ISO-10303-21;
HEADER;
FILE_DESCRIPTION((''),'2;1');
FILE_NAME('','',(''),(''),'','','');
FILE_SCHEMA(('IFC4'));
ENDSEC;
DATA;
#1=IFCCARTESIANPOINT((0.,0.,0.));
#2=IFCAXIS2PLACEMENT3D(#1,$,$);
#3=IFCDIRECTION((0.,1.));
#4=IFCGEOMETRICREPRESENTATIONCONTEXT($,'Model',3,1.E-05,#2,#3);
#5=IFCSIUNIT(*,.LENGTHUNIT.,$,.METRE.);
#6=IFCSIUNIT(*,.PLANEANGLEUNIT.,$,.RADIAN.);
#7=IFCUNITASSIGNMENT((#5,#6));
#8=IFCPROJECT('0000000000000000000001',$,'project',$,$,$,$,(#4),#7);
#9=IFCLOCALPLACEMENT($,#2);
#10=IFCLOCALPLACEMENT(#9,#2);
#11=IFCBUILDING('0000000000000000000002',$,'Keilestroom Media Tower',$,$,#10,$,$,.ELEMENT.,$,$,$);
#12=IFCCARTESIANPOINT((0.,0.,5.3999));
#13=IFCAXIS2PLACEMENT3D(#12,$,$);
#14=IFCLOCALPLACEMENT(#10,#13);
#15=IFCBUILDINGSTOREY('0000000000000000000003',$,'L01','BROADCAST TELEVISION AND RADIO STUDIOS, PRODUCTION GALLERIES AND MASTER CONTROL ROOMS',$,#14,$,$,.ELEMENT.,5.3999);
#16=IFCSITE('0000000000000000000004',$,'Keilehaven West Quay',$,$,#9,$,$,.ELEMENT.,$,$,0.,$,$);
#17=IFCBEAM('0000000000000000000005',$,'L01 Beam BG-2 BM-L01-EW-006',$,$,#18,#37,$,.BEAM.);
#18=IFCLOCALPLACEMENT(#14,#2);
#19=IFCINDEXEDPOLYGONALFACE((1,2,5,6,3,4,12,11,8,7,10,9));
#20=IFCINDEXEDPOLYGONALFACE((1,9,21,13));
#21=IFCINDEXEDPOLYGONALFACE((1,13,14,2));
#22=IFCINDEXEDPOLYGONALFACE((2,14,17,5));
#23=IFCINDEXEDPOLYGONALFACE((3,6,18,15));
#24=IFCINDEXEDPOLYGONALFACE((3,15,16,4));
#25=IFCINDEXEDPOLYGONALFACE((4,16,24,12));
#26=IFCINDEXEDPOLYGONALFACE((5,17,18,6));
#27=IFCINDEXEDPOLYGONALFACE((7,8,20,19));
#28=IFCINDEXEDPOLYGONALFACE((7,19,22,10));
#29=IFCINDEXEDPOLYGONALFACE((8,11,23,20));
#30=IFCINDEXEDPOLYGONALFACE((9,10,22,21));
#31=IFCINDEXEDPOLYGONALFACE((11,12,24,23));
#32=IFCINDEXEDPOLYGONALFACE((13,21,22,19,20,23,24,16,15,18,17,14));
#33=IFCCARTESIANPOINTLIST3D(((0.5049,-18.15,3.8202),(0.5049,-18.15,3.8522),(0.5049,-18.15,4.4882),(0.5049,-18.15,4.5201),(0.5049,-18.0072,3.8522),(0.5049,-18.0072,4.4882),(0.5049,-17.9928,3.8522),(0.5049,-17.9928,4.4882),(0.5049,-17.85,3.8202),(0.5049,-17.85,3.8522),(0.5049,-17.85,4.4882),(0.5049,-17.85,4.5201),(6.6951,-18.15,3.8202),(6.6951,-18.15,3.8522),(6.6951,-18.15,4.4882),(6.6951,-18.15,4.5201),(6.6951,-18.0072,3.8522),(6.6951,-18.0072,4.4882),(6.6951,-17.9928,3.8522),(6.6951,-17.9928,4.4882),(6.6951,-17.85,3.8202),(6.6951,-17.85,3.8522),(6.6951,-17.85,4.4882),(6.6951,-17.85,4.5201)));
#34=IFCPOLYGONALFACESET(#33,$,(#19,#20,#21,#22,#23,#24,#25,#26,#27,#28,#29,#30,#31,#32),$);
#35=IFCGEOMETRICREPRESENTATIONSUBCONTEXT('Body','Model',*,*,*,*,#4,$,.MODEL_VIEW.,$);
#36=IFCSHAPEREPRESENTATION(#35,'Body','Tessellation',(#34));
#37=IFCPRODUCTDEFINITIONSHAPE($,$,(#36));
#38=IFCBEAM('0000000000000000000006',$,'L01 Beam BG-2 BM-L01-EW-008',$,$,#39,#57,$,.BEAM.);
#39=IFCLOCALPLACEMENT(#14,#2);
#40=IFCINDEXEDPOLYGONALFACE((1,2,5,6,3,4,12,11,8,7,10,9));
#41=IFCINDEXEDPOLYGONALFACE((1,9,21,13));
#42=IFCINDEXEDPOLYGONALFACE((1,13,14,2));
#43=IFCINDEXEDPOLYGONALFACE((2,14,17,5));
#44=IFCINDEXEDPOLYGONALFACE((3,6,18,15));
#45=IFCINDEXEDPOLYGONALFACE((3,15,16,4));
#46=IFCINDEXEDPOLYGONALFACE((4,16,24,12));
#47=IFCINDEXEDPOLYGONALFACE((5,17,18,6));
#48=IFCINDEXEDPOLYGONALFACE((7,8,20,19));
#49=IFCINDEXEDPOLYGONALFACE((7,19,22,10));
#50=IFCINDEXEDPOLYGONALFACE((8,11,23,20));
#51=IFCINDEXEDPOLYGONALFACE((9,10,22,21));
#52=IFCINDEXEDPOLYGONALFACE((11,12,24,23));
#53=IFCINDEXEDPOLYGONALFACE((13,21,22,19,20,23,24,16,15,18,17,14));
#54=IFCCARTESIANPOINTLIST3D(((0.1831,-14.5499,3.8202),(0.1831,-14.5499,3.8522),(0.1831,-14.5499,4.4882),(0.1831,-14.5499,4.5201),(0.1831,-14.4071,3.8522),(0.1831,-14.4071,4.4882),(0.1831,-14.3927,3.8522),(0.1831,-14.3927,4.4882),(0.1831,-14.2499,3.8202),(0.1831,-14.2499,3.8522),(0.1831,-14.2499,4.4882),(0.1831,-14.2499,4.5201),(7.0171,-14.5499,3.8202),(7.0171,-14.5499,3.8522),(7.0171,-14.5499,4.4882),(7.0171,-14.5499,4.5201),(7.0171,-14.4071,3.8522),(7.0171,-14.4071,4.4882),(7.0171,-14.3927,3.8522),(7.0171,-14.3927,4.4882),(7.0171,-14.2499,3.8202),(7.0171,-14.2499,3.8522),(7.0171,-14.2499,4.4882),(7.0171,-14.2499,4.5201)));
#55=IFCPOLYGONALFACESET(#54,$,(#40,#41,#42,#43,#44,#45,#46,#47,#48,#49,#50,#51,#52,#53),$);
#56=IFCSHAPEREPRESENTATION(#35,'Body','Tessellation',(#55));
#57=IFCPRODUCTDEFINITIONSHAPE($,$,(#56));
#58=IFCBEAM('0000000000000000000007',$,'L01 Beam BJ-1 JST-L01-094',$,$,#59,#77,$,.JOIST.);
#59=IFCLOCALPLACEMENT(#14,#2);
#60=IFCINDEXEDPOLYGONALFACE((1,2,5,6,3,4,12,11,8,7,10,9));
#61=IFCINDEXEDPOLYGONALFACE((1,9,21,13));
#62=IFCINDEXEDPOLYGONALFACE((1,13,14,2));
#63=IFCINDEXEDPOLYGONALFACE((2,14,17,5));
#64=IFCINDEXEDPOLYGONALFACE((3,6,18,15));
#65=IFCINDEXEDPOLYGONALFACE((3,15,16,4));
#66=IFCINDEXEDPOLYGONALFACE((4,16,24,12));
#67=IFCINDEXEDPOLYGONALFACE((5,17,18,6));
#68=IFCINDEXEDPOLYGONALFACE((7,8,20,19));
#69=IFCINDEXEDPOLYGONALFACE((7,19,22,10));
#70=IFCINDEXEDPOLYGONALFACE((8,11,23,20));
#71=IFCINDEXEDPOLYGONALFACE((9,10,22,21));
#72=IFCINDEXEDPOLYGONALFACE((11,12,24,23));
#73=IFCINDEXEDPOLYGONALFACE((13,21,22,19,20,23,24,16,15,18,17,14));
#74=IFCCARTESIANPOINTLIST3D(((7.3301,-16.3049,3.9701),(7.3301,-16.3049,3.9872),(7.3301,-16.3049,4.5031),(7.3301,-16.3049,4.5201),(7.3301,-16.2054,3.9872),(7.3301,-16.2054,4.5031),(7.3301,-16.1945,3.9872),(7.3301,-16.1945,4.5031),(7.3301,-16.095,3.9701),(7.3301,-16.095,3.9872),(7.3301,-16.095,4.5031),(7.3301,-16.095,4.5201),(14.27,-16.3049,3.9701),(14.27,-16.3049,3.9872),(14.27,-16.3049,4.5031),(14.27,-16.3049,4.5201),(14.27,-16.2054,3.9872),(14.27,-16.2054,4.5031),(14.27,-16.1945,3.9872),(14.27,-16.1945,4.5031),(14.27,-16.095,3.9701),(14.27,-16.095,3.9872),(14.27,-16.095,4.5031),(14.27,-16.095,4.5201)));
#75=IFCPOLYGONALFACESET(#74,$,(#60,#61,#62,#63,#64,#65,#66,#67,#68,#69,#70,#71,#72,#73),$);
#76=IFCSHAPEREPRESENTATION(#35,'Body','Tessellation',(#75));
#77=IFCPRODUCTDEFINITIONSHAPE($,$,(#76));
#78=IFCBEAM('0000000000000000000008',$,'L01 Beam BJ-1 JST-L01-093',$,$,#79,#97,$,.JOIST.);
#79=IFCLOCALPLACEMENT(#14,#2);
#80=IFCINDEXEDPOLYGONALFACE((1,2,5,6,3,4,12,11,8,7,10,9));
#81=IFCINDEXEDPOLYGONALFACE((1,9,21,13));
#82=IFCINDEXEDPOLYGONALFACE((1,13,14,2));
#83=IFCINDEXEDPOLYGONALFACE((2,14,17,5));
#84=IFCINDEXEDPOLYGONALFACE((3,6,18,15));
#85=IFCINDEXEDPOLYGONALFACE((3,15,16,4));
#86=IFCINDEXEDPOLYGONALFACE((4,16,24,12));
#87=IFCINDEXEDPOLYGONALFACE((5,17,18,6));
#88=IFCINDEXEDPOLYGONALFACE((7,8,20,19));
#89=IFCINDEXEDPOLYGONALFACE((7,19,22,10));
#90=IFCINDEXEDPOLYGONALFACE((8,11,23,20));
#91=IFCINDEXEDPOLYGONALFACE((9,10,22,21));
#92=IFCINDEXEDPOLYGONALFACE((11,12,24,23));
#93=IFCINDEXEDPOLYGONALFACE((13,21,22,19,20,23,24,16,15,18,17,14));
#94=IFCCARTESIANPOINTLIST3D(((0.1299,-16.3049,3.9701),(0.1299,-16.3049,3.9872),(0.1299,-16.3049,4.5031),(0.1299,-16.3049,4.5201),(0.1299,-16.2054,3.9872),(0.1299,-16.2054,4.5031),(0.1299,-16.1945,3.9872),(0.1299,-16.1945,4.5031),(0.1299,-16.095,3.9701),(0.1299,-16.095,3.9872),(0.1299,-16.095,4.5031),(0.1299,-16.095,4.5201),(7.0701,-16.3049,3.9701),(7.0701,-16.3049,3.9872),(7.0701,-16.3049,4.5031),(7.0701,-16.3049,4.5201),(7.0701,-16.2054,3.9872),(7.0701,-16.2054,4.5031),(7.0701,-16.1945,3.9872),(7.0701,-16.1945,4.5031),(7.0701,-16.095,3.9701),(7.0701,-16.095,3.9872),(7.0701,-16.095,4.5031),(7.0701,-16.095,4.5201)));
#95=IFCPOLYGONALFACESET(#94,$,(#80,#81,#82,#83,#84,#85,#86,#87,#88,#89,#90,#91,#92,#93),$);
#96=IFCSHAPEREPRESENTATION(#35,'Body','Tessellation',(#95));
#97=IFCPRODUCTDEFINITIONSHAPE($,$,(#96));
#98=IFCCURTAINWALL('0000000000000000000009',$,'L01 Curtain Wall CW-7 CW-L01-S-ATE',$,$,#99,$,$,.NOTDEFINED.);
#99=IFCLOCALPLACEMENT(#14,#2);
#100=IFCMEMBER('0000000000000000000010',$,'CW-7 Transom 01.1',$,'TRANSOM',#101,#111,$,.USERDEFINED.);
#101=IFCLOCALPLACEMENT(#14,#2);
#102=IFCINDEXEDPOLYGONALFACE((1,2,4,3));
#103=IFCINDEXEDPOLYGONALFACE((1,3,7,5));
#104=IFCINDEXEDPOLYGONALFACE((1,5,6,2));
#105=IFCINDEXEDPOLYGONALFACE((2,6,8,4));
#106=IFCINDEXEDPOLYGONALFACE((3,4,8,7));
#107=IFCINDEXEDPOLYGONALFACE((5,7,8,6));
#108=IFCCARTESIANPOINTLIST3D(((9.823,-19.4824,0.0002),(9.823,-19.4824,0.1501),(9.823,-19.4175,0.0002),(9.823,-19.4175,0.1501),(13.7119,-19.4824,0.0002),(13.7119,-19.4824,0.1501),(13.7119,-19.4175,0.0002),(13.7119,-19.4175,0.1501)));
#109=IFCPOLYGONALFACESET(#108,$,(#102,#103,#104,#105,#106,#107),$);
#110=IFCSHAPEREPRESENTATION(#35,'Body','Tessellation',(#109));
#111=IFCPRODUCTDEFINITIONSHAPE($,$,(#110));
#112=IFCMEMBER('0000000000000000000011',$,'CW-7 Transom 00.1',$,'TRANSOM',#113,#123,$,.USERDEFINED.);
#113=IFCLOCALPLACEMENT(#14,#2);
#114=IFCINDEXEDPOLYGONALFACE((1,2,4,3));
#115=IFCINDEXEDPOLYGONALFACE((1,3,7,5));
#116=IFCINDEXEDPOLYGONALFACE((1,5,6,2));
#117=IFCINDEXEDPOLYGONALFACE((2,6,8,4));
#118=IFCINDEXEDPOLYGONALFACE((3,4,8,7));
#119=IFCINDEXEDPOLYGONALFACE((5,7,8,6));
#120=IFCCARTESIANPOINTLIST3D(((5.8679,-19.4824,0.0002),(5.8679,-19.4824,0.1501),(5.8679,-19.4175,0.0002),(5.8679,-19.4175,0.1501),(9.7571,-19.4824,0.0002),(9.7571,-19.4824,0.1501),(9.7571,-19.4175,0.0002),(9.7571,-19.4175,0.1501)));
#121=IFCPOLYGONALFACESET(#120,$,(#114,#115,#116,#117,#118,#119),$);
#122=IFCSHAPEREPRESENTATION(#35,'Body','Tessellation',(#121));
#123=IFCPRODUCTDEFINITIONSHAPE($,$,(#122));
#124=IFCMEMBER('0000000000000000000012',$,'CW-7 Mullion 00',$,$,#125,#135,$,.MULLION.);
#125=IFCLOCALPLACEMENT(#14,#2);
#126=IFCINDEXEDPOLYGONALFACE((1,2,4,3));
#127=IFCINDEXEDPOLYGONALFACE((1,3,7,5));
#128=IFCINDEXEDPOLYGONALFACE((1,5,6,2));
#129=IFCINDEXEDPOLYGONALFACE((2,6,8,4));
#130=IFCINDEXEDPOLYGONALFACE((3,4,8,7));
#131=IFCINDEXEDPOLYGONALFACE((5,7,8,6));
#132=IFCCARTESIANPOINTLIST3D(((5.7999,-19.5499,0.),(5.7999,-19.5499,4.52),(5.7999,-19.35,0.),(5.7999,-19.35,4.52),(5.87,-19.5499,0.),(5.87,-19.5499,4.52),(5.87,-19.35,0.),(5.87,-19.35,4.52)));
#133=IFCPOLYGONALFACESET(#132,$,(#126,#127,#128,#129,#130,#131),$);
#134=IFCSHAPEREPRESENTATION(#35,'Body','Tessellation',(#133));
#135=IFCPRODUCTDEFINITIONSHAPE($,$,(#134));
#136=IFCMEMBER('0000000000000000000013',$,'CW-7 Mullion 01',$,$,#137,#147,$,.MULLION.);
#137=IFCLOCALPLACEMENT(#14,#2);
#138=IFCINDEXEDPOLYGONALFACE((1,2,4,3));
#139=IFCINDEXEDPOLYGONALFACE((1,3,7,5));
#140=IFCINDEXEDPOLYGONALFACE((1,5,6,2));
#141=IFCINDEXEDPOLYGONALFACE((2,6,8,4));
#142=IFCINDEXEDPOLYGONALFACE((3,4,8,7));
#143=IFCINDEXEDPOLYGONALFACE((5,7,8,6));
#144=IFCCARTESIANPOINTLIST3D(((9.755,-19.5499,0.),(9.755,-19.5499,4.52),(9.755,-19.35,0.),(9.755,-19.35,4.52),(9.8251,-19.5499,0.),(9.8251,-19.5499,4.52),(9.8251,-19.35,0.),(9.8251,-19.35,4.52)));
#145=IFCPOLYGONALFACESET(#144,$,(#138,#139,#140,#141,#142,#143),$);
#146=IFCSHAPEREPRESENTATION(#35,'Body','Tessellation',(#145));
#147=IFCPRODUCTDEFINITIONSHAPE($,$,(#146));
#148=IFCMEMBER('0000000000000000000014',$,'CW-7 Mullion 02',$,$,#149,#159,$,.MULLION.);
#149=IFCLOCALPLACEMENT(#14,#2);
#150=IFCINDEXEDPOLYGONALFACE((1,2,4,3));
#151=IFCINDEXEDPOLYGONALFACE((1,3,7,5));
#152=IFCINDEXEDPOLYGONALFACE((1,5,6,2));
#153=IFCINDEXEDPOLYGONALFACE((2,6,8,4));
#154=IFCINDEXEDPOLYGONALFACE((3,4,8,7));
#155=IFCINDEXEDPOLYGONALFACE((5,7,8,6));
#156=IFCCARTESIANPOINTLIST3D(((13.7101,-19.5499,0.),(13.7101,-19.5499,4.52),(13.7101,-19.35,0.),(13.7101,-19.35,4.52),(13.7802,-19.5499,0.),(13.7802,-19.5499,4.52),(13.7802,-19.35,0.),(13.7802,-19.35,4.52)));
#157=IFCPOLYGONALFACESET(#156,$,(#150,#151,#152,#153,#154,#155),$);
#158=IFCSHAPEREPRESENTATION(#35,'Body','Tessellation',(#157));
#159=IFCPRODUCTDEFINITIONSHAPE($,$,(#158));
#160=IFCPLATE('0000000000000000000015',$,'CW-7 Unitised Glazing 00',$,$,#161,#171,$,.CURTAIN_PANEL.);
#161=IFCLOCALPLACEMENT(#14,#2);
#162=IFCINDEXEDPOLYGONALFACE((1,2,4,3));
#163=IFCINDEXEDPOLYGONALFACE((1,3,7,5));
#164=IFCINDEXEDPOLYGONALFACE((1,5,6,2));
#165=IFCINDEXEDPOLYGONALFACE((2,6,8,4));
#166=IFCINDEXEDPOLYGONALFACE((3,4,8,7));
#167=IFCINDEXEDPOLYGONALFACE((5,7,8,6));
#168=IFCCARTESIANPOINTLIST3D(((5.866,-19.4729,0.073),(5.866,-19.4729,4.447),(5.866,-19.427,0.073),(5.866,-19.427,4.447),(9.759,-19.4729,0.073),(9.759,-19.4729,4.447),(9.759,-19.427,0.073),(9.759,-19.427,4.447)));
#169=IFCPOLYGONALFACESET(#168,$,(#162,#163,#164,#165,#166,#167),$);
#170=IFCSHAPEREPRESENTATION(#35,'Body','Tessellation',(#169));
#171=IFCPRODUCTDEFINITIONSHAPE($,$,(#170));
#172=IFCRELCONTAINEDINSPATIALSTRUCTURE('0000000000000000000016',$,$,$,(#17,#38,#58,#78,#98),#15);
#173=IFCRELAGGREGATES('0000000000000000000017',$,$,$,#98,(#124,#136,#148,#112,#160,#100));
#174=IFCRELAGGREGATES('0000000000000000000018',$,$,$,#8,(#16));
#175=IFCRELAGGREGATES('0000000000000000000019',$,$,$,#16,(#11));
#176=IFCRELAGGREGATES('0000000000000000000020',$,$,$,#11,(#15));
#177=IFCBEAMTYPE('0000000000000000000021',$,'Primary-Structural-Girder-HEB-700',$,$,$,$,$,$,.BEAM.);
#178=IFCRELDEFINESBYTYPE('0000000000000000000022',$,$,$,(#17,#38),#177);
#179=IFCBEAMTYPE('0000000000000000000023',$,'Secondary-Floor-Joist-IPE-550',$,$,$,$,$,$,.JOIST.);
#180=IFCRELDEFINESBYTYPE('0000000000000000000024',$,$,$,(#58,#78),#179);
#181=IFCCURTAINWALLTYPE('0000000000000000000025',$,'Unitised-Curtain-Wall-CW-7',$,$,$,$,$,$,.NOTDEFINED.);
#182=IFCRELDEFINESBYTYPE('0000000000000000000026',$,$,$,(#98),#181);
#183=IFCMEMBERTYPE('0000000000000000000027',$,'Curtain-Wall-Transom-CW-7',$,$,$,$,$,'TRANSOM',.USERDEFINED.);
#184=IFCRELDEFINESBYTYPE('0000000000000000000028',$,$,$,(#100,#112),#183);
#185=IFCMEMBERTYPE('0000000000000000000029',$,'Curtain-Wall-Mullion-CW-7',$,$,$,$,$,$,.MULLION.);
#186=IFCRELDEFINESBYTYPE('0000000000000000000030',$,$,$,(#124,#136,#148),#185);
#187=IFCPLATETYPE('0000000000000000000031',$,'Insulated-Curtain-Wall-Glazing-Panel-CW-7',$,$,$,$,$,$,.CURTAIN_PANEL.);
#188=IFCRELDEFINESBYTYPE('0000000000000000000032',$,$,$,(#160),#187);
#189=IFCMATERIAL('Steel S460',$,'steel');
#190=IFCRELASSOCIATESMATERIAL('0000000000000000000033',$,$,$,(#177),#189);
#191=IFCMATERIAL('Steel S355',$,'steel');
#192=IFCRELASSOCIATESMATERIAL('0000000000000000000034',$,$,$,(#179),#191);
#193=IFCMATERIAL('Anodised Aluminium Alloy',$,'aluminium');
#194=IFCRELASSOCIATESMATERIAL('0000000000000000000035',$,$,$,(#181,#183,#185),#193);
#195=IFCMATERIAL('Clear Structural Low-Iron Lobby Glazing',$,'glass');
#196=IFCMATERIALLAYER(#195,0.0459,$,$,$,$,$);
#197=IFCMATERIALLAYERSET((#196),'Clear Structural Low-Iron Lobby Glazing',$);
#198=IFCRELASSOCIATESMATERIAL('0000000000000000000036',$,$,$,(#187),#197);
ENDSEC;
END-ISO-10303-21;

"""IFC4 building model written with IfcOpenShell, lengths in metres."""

from ifc_helpers import new_model, si_unit, direction, frame, origin, origin_2d, place, context, subcontext, project, spatial, rectangle, i_section, extrude, source, transform, mapped, material, layer, layer_set, material_profile, profile_set, type_object, element, aggregate, save


model = new_model("IFC4")

# Units and contexts
model_context = context("Model", 3, precision=1e-05, world=origin(), true_north=direction((0.0, 1.0)))
body_context = subcontext(model_context, "Body", "Model", "MODEL_VIEW")
ifc_project = project(units=[si_unit("LENGTHUNIT", "METRE"), si_unit("PLANEANGLEUNIT", "RADIAN")], contexts=[model_context])

# Site, building, storey
site_placement = place(None, origin())
site = spatial("IfcSite", under=ifc_project, at=site_placement, Name="Keilehaven West Quay", CompositionType="ELEMENT", RefElevation=0.0)
building_placement = place(site_placement, origin())
building = spatial("IfcBuilding", under=site, at=building_placement, Name="Keilestroom Media Tower", CompositionType="ELEMENT")
storey_placement = place(building_placement, frame((0.0, 0.0, 5.3999)))
storey = spatial("IfcBuildingStorey", under=building, at=storey_placement, Name="L01", Description="BROADCAST TELEVISION AND RADIO STUDIOS, PRODUCTION GALLERIES AND MASTER CONTROL ROOMS", CompositionType="ELEMENT", Elevation=5.3999)

# Shared definitions
ifc_material_1 = material(Name="Steel S460", Category="steel")

# Beams
ifc_material_2 = material(Name="Steel S355", Category="steel")
ifc_material_profile_1 = material_profile(ifc_material_1, i_section(OverallWidth=0.3, OverallDepth=0.7, WebThickness=0.0144, FlangeThickness=0.032, at=origin_2d()), Name="HEB 700")
ifc_profile_set_1 = profile_set([ifc_material_profile_1], Name="Steel S460")
beam_type_1 = type_object("IfcBeamType", Name="Primary-Structural-Girder-HEB-700", PredefinedType="BEAM", material=ifc_profile_set_1)
shared_shape_1 = source(origin(), body_context, "Body", "SweptSolid", [
    extrude(i_section(OverallWidth=0.3, OverallDepth=0.7, WebThickness=0.0144, FlangeThickness=0.032, at=origin_2d()), origin(), (0.0, 0.0, 1.0), 6.1902),
])
beam_1_placement = place(storey_placement, frame((0.5049, -18.0, 4.1702), z_axis=(1.0, 0.0, 0.0), x_axis=(0.0, 1.0, 0.0)))
element("IfcBeam", 1, at=beam_1_placement, inside=storey, type_object=beam_type_1, Name="L01 Beam BG-2 BM-L01-EW-006", PredefinedType="BEAM", context=body_context, shape_type="MappedRepresentation", body=[
    mapped(shared_shape_1, transform((0.0, 0.0, 0.0), x_axis=(1.0, 0.0, 0.0), y_axis=(0.0, 1.0, 0.0), z_axis=(0.0, 0.0, 1.0), scale=1.0)),
])
shared_shape_2 = source(origin(), body_context, "Body", "SweptSolid", [
    extrude(i_section(OverallWidth=0.3, OverallDepth=0.7, WebThickness=0.0144, FlangeThickness=0.032, at=origin_2d()), origin(), (0.0, 0.0, 1.0), 6.834),
])
beam_2_placement = place(storey_placement, frame((0.1831, -14.3999, 4.1702), z_axis=(1.0, 0.0, 0.0), x_axis=(0.0, 1.0, 0.0)))
element("IfcBeam", 2, at=beam_2_placement, inside=storey, type_object=beam_type_1, Name="L01 Beam BG-2 BM-L01-EW-008", PredefinedType="BEAM", context=body_context, shape_type="MappedRepresentation", body=[
    mapped(shared_shape_2, transform((0.0, 0.0, 0.0), x_axis=(1.0, 0.0, 0.0), y_axis=(0.0, 1.0, 0.0), z_axis=(0.0, 0.0, 1.0), scale=1.0)),
])
ifc_material_profile_2 = material_profile(ifc_material_2, i_section(OverallWidth=0.21, OverallDepth=0.55, WebThickness=0.011, FlangeThickness=0.0171, at=origin_2d()), Name="IPE 550")
ifc_profile_set_2 = profile_set([ifc_material_profile_2], Name="Steel S355")
beam_type_2 = type_object("IfcBeamType", Name="Secondary-Floor-Joist-IPE-550", PredefinedType="JOIST", material=ifc_profile_set_2)
shared_shape_3 = source(origin(), body_context, "Body", "SweptSolid", [
    extrude(i_section(OverallWidth=0.21, OverallDepth=0.55, WebThickness=0.011, FlangeThickness=0.0171, at=origin_2d()), origin(), (0.0, 0.0, 1.0), 6.9399),
])
beam_3_placement = place(storey_placement, frame((7.3301, -16.2, 4.2451), z_axis=(1.0, 0.0, 0.0), x_axis=(0.0, 1.0, 0.0)))
element("IfcBeam", 3, at=beam_3_placement, inside=storey, type_object=beam_type_2, Name="L01 Beam BJ-1 JST-L01-094", PredefinedType="JOIST", context=body_context, shape_type="MappedRepresentation", body=[
    mapped(shared_shape_3, transform((0.0, 0.0, 0.0), x_axis=(1.0, 0.0, 0.0), y_axis=(0.0, 1.0, 0.0), z_axis=(0.0, 0.0, 1.0), scale=1.0)),
])
shared_shape_4 = source(origin(), body_context, "Body", "SweptSolid", [
    extrude(i_section(OverallWidth=0.21, OverallDepth=0.55, WebThickness=0.011, FlangeThickness=0.0171, at=origin_2d()), origin(), (0.0, 0.0, 1.0), 6.9402),
])
beam_4_placement = place(storey_placement, frame((0.1299, -16.2, 4.2451), z_axis=(1.0, 0.0, 0.0), x_axis=(0.0, 1.0, 0.0)))
element("IfcBeam", 4, at=beam_4_placement, inside=storey, type_object=beam_type_2, Name="L01 Beam BJ-1 JST-L01-093", PredefinedType="JOIST", context=body_context, shape_type="MappedRepresentation", body=[
    mapped(shared_shape_4, transform((0.0, 0.0, 0.0), x_axis=(1.0, 0.0, 0.0), y_axis=(0.0, 1.0, 0.0), z_axis=(0.0, 0.0, 1.0), scale=1.0)),
])

# Curtain wall, members, plate
ifc_material_3 = material(Name="Anodised Aluminium Alloy", Category="aluminium")
curtain_wall_type = type_object("IfcCurtainWallType", Name="Unitised-Curtain-Wall-CW-7", PredefinedType="NOTDEFINED", material=ifc_material_3)
curtain_wall_placement = place(storey_placement, origin())
curtain_wall = element("IfcCurtainWall", 5, at=curtain_wall_placement, inside=storey, type_object=curtain_wall_type, Name="L01 Curtain Wall CW-7 CW-L01-S-ATE", PredefinedType="NOTDEFINED")
ifc_material_profile_3 = material_profile(ifc_material_3, rectangle(XDim=0.0649, YDim=0.1499, at=origin_2d()), Name="ALU TRANSOM 65x150")
ifc_profile_set_3 = profile_set([ifc_material_profile_3], Name="Anodised Aluminium Alloy")
member_type_1 = type_object("IfcMemberType", Name="Curtain-Wall-Transom-CW-7", ElementType="TRANSOM", PredefinedType="USERDEFINED", material=ifc_profile_set_3)
shared_shape_5 = source(origin(), body_context, "Body", "SweptSolid", [
    extrude(rectangle(XDim=0.0649, YDim=0.1499, at=origin_2d()), origin(), (0.0, 0.0, 1.0), 3.8889),
])
member_1_placement = place(storey_placement, frame((9.823, -19.45, 0.0752), z_axis=(1.0, 0.0, 0.0), x_axis=(0.0, 1.0, 0.0)))
member_1 = element("IfcMember", 6, at=member_1_placement, type_object=member_type_1, Name="CW-7 Transom 01.1", ObjectType="TRANSOM", PredefinedType="USERDEFINED", context=body_context, shape_type="MappedRepresentation", body=[
    mapped(shared_shape_5, transform((0.0, 0.0, 0.0), x_axis=(1.0, 0.0, 0.0), y_axis=(0.0, 1.0, 0.0), z_axis=(0.0, 0.0, 1.0), scale=1.0)),
])
shared_shape_6 = source(origin(), body_context, "Body", "SweptSolid", [
    extrude(rectangle(XDim=0.0649, YDim=0.1499, at=origin_2d()), origin(), (0.0, 0.0, 1.0), 3.8892),
])
member_2_placement = place(storey_placement, frame((5.8679, -19.45, 0.0752), z_axis=(1.0, 0.0, 0.0), x_axis=(0.0, 1.0, 0.0)))
member_2 = element("IfcMember", 7, at=member_2_placement, type_object=member_type_1, Name="CW-7 Transom 00.1", ObjectType="TRANSOM", PredefinedType="USERDEFINED", context=body_context, shape_type="MappedRepresentation", body=[
    mapped(shared_shape_6, transform((0.0, 0.0, 0.0), x_axis=(1.0, 0.0, 0.0), y_axis=(0.0, 1.0, 0.0), z_axis=(0.0, 0.0, 1.0), scale=1.0)),
])
ifc_material_profile_4 = material_profile(ifc_material_3, rectangle(XDim=0.0701, YDim=0.2, at=origin_2d()), Name="ALU MULLION 70x200")
ifc_profile_set_4 = profile_set([ifc_material_profile_4], Name="Anodised Aluminium Alloy")
member_type_2 = type_object("IfcMemberType", Name="Curtain-Wall-Mullion-CW-7", PredefinedType="MULLION", material=ifc_profile_set_4)
shared_shape_7 = source(origin(), body_context, "Body", "SweptSolid", [
    extrude(rectangle(XDim=0.0701, YDim=0.2, at=origin_2d()), origin(), (0.0, 0.0, 1.0), 4.52),
])
member_3_placement = place(storey_placement, frame((5.835, -19.45, 0.0), z_axis=(0.0, 0.0, 1.0), x_axis=(1.0, 0.0, 0.0)))
member_3 = element("IfcMember", 8, at=member_3_placement, type_object=member_type_2, Name="CW-7 Mullion 00", PredefinedType="MULLION", context=body_context, shape_type="MappedRepresentation", body=[
    mapped(shared_shape_7, transform((0.0, 0.0, 0.0), x_axis=(1.0, 0.0, 0.0), y_axis=(0.0, 1.0, 0.0), z_axis=(0.0, 0.0, 1.0), scale=1.0)),
])
member_4_placement = place(storey_placement, frame((9.79, -19.45, 0.0), z_axis=(0.0, 0.0, 1.0), x_axis=(1.0, 0.0, 0.0)))
member_4 = element("IfcMember", 9, at=member_4_placement, type_object=member_type_2, Name="CW-7 Mullion 01", PredefinedType="MULLION", context=body_context, shape_type="MappedRepresentation", body=[
    mapped(shared_shape_7, transform((0.0, 0.0, 0.0), x_axis=(1.0, 0.0, 0.0), y_axis=(0.0, 1.0, 0.0), z_axis=(0.0, 0.0, 1.0), scale=1.0)),
])
member_5_placement = place(storey_placement, frame((13.7451, -19.45, 0.0), z_axis=(0.0, 0.0, 1.0), x_axis=(1.0, 0.0, 0.0)))
member_5 = element("IfcMember", 10, at=member_5_placement, type_object=member_type_2, Name="CW-7 Mullion 02", PredefinedType="MULLION", context=body_context, shape_type="MappedRepresentation", body=[
    mapped(shared_shape_7, transform((0.0, 0.0, 0.0), x_axis=(1.0, 0.0, 0.0), y_axis=(0.0, 1.0, 0.0), z_axis=(0.0, 0.0, 1.0), scale=1.0)),
])
ifc_material_4 = material(Name="Clear Structural Low-Iron Lobby Glazing", Category="glass")
ifc_layer = layer(ifc_material_4, 0.0459)
ifc_layer_set = layer_set([ifc_layer], Name="Clear Structural Low-Iron Lobby Glazing")
plate_type = type_object("IfcPlateType", Name="Insulated-Curtain-Wall-Glazing-Panel-CW-7", PredefinedType="CURTAIN_PANEL", material=ifc_layer_set)
shared_shape_8 = source(origin(), body_context, "Body", "SweptSolid", [
    extrude(rectangle(XDim=3.8931, YDim=0.0459, at=origin_2d()), origin(), (0.0, 0.0, 1.0), 4.374),
])
plate_1_placement = place(storey_placement, frame((7.8125, -19.45, 0.073), z_axis=(0.0, 0.0, 1.0), x_axis=(1.0, 0.0, 0.0)))
plate_1 = element("IfcPlate", 11, at=plate_1_placement, type_object=plate_type, Name="CW-7 Unitised Glazing 00", PredefinedType="CURTAIN_PANEL", context=body_context, shape_type="MappedRepresentation", body=[
    mapped(shared_shape_8, transform((0.0, 0.0, 0.0), x_axis=(1.0, 0.0, 0.0), y_axis=(0.0, 1.0, 0.0), z_axis=(0.0, 0.0, 1.0), scale=1.0)),
])
aggregate(curtain_wall, [member_3, member_4, member_5, member_2, plate_1, member_1])

save(model, "model.ifc")
